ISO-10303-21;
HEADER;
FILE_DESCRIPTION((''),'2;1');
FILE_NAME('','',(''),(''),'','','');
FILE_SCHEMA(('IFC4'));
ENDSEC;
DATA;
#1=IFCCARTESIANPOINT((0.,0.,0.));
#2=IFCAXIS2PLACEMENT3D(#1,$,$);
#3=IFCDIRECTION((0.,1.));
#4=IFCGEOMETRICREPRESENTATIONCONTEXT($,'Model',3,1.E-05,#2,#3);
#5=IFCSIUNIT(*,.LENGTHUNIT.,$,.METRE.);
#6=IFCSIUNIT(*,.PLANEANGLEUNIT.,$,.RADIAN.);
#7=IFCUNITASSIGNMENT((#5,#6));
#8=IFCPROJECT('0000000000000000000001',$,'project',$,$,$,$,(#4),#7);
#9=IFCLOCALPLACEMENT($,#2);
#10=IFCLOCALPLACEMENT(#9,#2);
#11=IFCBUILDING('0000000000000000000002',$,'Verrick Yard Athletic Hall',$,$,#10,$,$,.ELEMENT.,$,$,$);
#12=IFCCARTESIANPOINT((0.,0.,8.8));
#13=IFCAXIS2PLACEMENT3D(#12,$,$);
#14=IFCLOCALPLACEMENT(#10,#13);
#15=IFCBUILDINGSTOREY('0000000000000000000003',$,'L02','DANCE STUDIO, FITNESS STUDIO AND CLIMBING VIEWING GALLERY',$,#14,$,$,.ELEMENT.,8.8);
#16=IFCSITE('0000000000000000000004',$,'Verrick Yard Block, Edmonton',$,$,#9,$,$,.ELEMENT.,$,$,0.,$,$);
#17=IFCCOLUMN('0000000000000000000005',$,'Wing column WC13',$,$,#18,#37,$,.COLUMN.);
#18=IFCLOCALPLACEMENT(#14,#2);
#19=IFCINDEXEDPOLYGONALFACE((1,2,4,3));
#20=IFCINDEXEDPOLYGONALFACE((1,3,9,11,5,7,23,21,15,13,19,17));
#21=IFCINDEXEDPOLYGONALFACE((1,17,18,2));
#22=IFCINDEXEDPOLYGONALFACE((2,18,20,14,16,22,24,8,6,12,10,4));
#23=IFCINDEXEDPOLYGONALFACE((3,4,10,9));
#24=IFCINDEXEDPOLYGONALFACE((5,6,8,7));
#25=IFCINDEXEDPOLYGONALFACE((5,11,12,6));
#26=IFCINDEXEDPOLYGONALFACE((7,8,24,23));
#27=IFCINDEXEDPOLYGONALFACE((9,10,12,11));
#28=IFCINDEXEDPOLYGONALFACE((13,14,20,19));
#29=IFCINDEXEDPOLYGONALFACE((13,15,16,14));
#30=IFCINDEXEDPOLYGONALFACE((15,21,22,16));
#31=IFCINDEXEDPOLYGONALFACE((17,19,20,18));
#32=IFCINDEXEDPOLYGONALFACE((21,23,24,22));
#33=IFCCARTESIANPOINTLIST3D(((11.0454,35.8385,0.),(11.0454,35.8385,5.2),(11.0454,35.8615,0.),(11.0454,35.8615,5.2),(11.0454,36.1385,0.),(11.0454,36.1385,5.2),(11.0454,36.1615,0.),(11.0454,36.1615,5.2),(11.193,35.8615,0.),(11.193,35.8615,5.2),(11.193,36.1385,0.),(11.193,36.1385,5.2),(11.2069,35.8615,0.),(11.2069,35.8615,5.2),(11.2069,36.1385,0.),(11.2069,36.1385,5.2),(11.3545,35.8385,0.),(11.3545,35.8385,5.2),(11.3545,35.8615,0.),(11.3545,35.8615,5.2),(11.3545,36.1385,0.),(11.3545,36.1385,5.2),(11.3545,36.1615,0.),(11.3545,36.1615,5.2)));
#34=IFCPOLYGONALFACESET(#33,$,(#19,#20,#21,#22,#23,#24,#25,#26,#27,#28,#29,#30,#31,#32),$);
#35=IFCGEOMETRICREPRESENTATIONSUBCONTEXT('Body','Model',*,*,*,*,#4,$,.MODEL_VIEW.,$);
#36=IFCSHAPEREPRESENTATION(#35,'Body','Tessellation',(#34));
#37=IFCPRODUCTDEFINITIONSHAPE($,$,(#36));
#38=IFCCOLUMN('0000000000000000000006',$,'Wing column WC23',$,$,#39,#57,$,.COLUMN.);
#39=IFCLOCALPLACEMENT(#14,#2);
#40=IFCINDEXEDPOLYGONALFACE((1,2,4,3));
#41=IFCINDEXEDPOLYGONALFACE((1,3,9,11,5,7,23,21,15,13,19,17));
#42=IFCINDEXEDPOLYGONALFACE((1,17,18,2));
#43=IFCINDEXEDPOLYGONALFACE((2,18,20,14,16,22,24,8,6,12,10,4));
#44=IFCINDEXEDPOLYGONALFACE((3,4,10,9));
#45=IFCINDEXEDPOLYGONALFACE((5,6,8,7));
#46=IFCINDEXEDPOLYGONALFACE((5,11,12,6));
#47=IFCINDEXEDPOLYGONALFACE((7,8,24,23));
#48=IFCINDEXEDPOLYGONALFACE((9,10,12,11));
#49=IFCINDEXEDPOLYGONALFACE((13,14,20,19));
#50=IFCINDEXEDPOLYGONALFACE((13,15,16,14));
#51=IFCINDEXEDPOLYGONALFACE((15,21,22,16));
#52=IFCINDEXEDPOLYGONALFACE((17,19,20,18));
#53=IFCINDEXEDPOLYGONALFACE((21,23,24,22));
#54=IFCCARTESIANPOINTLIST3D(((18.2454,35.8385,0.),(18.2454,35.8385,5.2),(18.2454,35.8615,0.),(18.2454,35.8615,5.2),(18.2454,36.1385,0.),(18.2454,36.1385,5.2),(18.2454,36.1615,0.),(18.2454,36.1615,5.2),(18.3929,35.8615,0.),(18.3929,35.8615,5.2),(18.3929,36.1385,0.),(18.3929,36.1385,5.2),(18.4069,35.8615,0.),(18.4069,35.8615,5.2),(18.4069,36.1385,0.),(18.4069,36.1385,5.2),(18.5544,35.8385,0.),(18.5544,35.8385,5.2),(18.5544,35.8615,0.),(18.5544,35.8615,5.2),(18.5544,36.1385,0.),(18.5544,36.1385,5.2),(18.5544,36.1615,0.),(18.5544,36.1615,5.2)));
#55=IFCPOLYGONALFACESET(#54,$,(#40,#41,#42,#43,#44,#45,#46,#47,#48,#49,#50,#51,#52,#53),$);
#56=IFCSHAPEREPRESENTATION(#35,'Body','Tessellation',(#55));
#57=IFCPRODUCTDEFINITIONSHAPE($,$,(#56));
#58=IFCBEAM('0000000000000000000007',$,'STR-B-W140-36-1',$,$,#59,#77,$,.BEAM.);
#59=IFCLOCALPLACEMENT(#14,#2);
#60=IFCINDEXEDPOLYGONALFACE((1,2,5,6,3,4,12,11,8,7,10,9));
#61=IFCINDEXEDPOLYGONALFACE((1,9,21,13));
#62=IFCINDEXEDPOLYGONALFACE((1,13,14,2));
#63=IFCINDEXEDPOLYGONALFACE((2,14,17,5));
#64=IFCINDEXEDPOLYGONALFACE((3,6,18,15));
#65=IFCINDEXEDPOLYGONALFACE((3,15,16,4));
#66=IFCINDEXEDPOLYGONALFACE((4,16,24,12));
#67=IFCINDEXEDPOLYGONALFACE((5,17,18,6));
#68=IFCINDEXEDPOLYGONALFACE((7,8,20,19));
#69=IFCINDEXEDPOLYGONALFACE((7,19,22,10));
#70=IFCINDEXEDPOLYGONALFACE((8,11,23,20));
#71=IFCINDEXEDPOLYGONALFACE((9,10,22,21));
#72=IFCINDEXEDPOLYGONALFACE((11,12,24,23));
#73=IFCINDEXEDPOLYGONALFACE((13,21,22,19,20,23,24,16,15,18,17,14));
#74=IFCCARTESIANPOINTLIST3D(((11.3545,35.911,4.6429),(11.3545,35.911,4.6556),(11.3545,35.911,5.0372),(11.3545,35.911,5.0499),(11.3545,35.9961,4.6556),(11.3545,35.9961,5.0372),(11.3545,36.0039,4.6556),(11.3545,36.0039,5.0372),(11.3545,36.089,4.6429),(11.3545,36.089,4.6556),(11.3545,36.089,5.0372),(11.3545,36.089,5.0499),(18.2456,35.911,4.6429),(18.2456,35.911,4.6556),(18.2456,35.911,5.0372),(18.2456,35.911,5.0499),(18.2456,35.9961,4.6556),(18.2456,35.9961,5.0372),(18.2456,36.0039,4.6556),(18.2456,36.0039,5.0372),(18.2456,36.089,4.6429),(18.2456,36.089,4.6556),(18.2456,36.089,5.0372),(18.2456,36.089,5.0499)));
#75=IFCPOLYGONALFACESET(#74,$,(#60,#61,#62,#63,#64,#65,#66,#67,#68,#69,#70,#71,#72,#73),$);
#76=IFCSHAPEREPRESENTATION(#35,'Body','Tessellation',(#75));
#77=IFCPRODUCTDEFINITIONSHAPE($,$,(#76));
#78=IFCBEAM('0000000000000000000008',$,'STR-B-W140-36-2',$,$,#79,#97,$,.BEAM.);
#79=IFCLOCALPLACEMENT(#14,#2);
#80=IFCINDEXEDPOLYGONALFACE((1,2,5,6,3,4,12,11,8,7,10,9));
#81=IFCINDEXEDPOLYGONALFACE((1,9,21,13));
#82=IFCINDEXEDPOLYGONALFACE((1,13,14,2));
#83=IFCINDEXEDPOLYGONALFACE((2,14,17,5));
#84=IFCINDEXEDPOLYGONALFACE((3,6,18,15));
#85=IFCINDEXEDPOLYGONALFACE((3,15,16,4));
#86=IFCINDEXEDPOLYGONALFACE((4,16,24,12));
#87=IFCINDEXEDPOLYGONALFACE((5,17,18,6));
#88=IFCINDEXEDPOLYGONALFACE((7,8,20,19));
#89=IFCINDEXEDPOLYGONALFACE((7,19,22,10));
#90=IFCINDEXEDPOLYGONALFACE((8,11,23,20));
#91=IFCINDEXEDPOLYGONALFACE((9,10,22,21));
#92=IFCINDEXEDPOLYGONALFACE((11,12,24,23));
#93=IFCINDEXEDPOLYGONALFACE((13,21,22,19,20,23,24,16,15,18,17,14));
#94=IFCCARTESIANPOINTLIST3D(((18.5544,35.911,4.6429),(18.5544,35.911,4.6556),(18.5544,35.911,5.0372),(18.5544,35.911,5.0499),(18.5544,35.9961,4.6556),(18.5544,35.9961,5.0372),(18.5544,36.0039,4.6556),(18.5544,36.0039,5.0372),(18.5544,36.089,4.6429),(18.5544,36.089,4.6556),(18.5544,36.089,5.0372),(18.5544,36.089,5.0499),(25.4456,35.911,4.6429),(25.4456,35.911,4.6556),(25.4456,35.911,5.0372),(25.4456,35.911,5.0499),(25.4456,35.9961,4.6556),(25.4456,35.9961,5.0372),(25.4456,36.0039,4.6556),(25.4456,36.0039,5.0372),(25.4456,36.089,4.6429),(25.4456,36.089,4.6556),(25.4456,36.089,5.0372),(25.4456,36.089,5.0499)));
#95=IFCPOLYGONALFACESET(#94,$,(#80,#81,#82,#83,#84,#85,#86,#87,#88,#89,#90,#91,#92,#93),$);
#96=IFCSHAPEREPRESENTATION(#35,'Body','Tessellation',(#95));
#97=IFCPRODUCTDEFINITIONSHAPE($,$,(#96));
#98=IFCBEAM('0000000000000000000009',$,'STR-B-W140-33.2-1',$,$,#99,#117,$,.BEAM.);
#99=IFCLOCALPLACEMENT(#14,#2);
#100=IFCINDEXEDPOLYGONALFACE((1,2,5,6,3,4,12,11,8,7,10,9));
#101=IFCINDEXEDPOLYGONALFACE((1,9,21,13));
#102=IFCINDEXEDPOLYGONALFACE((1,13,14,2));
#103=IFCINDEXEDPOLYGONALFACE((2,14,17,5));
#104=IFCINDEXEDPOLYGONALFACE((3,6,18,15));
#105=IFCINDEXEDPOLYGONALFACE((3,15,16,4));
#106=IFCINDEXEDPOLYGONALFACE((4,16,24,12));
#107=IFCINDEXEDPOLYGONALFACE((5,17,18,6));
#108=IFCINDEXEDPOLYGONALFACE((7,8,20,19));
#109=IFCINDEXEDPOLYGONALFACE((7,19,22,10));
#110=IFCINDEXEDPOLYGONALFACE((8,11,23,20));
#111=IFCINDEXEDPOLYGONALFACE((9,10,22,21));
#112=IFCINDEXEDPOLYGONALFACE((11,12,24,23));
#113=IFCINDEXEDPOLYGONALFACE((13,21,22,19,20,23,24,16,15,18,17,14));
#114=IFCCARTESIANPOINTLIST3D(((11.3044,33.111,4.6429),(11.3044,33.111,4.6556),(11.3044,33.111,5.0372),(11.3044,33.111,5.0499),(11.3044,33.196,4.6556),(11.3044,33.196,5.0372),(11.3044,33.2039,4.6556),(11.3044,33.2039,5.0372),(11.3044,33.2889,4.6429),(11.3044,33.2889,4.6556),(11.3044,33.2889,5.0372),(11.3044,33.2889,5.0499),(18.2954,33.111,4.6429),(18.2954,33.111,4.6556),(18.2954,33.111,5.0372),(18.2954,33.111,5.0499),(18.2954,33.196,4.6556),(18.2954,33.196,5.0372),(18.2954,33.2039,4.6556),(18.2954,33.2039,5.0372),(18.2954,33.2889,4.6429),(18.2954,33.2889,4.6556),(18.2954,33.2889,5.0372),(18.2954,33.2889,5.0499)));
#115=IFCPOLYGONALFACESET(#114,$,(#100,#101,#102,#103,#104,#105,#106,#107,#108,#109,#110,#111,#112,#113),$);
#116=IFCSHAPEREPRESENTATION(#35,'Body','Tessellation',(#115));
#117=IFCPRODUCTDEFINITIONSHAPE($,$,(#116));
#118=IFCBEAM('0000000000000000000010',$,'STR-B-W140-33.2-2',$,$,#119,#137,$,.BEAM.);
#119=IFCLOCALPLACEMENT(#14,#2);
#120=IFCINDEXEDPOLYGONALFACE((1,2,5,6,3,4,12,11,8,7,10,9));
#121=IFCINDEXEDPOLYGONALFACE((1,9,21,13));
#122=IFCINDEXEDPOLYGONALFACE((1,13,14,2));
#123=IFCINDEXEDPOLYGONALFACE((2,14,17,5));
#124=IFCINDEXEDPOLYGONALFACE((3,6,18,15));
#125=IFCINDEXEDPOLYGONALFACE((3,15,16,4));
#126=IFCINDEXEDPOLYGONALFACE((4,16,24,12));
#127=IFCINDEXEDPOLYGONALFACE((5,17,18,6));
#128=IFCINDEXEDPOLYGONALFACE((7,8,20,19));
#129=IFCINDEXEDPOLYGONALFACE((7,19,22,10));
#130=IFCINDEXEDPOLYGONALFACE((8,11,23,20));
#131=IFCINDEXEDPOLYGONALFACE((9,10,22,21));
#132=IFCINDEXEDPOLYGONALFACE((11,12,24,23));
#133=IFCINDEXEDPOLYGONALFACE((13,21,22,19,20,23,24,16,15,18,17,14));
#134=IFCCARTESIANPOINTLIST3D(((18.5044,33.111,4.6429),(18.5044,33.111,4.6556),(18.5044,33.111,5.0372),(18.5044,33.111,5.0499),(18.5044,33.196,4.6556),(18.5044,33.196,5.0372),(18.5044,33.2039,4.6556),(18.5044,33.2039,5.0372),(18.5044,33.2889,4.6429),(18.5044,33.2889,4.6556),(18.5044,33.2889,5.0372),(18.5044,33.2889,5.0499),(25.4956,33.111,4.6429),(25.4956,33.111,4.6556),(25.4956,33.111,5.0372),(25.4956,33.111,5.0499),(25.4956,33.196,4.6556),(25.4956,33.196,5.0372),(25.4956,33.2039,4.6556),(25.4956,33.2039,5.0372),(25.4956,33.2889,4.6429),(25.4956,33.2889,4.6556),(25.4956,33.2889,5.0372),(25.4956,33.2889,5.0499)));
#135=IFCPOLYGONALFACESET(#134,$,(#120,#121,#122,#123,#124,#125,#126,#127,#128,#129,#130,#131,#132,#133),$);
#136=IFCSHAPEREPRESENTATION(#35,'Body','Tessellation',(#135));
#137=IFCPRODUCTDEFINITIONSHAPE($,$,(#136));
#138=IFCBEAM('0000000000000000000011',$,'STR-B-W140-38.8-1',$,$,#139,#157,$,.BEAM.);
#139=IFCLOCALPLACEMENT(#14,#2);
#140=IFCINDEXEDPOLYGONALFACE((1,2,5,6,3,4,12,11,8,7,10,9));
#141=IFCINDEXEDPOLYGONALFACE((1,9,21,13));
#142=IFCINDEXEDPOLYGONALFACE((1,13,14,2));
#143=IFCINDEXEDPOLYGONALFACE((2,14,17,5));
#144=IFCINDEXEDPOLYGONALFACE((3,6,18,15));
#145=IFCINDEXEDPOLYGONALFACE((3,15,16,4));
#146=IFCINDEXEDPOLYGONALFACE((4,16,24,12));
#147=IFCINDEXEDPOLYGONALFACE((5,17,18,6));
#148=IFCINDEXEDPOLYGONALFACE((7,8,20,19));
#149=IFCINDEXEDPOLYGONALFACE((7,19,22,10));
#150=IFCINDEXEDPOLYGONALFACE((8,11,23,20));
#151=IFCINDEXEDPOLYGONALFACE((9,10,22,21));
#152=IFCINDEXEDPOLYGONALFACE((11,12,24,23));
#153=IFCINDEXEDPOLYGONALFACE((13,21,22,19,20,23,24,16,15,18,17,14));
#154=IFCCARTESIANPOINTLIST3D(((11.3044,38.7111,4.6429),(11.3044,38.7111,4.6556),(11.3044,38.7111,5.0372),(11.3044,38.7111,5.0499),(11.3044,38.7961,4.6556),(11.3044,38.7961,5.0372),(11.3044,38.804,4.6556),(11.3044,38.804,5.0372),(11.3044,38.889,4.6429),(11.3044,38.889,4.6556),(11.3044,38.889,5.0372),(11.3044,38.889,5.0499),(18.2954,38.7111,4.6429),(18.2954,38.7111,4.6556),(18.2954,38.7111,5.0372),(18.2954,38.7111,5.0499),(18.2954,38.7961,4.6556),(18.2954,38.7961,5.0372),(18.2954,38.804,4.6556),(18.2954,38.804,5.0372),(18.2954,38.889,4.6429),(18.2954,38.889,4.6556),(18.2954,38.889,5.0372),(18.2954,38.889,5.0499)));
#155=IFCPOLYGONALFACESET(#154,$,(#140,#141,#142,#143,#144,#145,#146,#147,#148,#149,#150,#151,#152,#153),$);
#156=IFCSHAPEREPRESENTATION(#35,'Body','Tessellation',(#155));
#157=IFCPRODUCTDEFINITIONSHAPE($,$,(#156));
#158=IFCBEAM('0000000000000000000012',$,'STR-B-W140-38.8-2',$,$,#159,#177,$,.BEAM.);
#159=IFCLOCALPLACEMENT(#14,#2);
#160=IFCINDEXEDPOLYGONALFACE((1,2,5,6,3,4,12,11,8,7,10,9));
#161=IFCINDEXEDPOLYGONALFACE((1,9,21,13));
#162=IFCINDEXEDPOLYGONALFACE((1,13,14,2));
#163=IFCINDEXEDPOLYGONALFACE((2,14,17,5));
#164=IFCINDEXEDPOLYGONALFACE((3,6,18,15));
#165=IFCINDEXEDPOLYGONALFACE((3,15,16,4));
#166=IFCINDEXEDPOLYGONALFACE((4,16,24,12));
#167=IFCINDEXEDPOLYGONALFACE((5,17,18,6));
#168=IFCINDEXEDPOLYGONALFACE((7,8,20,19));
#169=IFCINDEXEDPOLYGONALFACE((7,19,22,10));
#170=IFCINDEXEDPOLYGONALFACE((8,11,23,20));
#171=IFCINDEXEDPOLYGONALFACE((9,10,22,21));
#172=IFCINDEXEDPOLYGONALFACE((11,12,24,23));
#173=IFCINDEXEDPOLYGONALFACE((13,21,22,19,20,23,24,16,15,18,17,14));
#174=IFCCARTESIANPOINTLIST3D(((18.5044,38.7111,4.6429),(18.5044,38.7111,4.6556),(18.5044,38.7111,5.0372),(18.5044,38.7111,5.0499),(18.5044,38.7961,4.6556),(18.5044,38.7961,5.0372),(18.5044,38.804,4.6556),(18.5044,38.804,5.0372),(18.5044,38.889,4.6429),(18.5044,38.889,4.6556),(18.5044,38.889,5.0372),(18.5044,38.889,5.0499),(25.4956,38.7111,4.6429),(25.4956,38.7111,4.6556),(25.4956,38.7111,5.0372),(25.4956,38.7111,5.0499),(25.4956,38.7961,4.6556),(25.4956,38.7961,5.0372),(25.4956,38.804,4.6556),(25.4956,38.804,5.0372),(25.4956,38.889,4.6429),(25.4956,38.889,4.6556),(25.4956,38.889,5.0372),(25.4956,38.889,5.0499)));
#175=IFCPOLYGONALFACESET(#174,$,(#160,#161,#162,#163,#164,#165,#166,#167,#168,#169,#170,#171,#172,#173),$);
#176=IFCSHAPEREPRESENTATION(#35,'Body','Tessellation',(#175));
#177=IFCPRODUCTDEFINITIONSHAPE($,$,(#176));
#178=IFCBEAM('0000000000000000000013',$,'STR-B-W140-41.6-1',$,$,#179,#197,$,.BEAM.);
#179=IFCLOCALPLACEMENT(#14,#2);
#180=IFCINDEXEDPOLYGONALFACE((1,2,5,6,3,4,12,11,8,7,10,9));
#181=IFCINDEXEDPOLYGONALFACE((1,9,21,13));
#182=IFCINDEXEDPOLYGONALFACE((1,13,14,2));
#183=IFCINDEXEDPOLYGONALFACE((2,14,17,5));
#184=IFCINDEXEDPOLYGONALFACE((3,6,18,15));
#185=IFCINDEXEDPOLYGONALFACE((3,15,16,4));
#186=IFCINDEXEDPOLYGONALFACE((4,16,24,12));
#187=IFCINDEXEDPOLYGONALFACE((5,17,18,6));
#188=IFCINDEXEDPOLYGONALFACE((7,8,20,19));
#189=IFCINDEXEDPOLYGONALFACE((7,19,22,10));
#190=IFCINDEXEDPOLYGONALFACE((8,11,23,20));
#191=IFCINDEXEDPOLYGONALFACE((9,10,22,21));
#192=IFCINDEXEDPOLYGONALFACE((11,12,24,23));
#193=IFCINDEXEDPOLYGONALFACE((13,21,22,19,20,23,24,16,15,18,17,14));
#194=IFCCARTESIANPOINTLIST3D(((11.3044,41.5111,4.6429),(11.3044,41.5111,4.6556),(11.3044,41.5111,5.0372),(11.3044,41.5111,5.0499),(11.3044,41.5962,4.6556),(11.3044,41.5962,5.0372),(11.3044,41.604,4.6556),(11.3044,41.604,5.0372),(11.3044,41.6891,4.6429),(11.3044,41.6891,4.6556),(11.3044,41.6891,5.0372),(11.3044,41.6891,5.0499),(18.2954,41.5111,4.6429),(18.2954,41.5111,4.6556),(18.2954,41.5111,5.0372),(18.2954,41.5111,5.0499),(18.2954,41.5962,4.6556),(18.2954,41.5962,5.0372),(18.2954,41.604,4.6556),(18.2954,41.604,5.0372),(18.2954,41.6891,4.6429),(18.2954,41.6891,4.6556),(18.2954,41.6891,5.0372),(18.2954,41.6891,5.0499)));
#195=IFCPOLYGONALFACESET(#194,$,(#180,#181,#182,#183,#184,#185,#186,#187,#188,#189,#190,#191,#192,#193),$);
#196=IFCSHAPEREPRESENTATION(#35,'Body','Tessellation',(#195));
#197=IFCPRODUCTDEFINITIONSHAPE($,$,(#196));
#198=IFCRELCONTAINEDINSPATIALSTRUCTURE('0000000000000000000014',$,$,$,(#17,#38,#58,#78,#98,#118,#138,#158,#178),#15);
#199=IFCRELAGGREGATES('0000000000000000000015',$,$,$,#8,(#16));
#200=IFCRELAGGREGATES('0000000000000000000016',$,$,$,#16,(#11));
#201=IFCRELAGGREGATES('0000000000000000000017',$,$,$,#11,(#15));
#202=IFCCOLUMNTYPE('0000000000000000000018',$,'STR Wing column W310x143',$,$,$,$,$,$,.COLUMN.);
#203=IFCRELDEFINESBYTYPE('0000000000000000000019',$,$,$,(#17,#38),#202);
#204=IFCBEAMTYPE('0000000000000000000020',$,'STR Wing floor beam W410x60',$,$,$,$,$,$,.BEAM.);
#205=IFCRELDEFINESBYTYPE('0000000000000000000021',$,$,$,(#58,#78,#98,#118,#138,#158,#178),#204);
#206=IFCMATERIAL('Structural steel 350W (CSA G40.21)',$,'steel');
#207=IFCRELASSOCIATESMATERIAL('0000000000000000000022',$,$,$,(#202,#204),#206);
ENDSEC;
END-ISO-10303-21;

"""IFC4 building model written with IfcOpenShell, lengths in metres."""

from ifc_helpers import new_model, si_unit, direction, frame, origin, origin_2d, place, context, subcontext, project, spatial, i_section, extrude, material, material_profile, profile_set, type_object, element, save


model = new_model("IFC4")

# Units and contexts
model_context = context("Model", 3, precision=1e-05, world=origin(), true_north=direction((0.0, 1.0)))
body_context = subcontext(model_context, "Body", "Model", "MODEL_VIEW")
ifc_project = project(units=[si_unit("LENGTHUNIT", "METRE"), si_unit("PLANEANGLEUNIT", "RADIAN")], contexts=[model_context])

# Site, building, storey
site_placement = place(None, origin())
site = spatial("IfcSite", under=ifc_project, at=site_placement, Name="Verrick Yard Block, Edmonton", CompositionType="ELEMENT", RefElevation=0.0)
building_placement = place(site_placement, origin())
building = spatial("IfcBuilding", under=site, at=building_placement, Name="Verrick Yard Athletic Hall", CompositionType="ELEMENT")
storey_placement = place(building_placement, frame((0.0, 0.0, 8.8)))
storey = spatial("IfcBuildingStorey", under=building, at=storey_placement, Name="L02", Description="DANCE STUDIO, FITNESS STUDIO AND CLIMBING VIEWING GALLERY", CompositionType="ELEMENT", Elevation=8.8)

# Columns
ifc_material_1 = material(Name="Structural steel 350W (CSA G40.21)", Category="steel")
ifc_material_profile_1 = material_profile(ifc_material_1, i_section(OverallWidth=0.3091, OverallDepth=0.323, WebThickness=0.0139, FlangeThickness=0.0229, at=origin_2d()), Name="W310x143")
ifc_profile_set_1 = profile_set([ifc_material_profile_1], Name="Structural steel 350W (CSA G40.21)")
column_type = type_object("IfcColumnType", Name="STR Wing column W310x143", PredefinedType="COLUMN", material=ifc_profile_set_1)
for number, where, z_axis, x_axis, name in (
    (1, (11.2, 36.0, 0.0), (0.0, 0.0, 1.0), (1.0, 0.0, 0.0), "Wing column WC13"),
    (2, (18.3999, 36.0, 0.0), (0.0, 0.0, 1.0), (1.0, 0.0, 0.0), "Wing column WC23"),
):
    element("IfcColumn", number, at=place(storey_placement, frame(where, z_axis=z_axis, x_axis=x_axis)), inside=storey, type_object=column_type, Name=name, PredefinedType="COLUMN", context=body_context, shape_type="SweptSolid", body=[
        extrude(i_section(OverallWidth=0.3091, OverallDepth=0.323, WebThickness=0.0139, FlangeThickness=0.0229, at=origin_2d()), origin(), (0.0, 0.0, 1.0), 5.2),
    ])

# Beams
ifc_material_profile_2 = material_profile(ifc_material_1, i_section(OverallWidth=0.178, OverallDepth=0.407, WebThickness=0.0078, FlangeThickness=0.0127, at=origin_2d()), Name="W410x60")
ifc_profile_set_2 = profile_set([ifc_material_profile_2], Name="Structural steel 350W (CSA G40.21)")
beam_type_1 = type_object("IfcBeamType", Name="STR Wing floor beam W410x60", PredefinedType="BEAM", material=ifc_profile_set_2)
for number, where, z_axis, x_axis, name in (
    (3, (11.3545, 36.0, 4.8464), (1.0, 0.0, 0.0), (0.0, 1.0, 0.0), "STR-B-W140-36-1"),
    (4, (18.5544, 36.0, 4.8464), (1.0, 0.0, 0.0), (0.0, 1.0, 0.0), "STR-B-W140-36-2"),
):
    element("IfcBeam", number, at=place(storey_placement, frame(where, z_axis=z_axis, x_axis=x_axis)), inside=storey, type_object=beam_type_1, Name=name, PredefinedType="BEAM", context=body_context, shape_type="SweptSolid", body=[
        extrude(i_section(OverallWidth=0.178, OverallDepth=0.407, WebThickness=0.0078, FlangeThickness=0.0127, at=origin_2d()), origin(), (0.0, 0.0, 1.0), 6.8911),
    ])
beam_1_placement = place(storey_placement, frame((11.3044, 33.2, 4.8464), z_axis=(1.0, 0.0, 0.0), x_axis=(0.0, 1.0, 0.0)))
element("IfcBeam", 5, at=beam_1_placement, inside=storey, type_object=beam_type_1, Name="STR-B-W140-33.2-1", PredefinedType="BEAM", context=body_context, shape_type="SweptSolid", body=[
    extrude(i_section(OverallWidth=0.178, OverallDepth=0.407, WebThickness=0.0078, FlangeThickness=0.0127, at=origin_2d()), origin(), (0.0, 0.0, 1.0), 6.991),
])
beam_2_placement = place(storey_placement, frame((18.5044, 33.2, 4.8464), z_axis=(1.0, 0.0, 0.0), x_axis=(0.0, 1.0, 0.0)))
element("IfcBeam", 6, at=beam_2_placement, inside=storey, type_object=beam_type_1, Name="STR-B-W140-33.2-2", PredefinedType="BEAM", context=body_context, shape_type="SweptSolid", body=[
    extrude(i_section(OverallWidth=0.178, OverallDepth=0.407, WebThickness=0.0078, FlangeThickness=0.0127, at=origin_2d()), origin(), (0.0, 0.0, 1.0), 6.9912),
])
beam_3_placement = place(storey_placement, frame((11.3044, 38.8, 4.8464), z_axis=(1.0, 0.0, 0.0), x_axis=(0.0, 1.0, 0.0)))
element("IfcBeam", 7, at=beam_3_placement, inside=storey, type_object=beam_type_1, Name="STR-B-W140-38.8-1", PredefinedType="BEAM", context=body_context, shape_type="SweptSolid", body=[
    extrude(i_section(OverallWidth=0.178, OverallDepth=0.407, WebThickness=0.0078, FlangeThickness=0.0127, at=origin_2d()), origin(), (0.0, 0.0, 1.0), 6.991),
])
beam_4_placement = place(storey_placement, frame((18.5044, 38.8, 4.8464), z_axis=(1.0, 0.0, 0.0), x_axis=(0.0, 1.0, 0.0)))
element("IfcBeam", 8, at=beam_4_placement, inside=storey, type_object=beam_type_1, Name="STR-B-W140-38.8-2", PredefinedType="BEAM", context=body_context, shape_type="SweptSolid", body=[
    extrude(i_section(OverallWidth=0.178, OverallDepth=0.407, WebThickness=0.0078, FlangeThickness=0.0127, at=origin_2d()), origin(), (0.0, 0.0, 1.0), 6.9912),
])
beam_5_placement = place(storey_placement, frame((11.3044, 41.6001, 4.8464), z_axis=(1.0, 0.0, 0.0), x_axis=(0.0, 1.0, 0.0)))
element("IfcBeam", 9, at=beam_5_placement, inside=storey, type_object=beam_type_1, Name="STR-B-W140-41.6-1", PredefinedType="BEAM", context=body_context, shape_type="SweptSolid", body=[
    extrude(i_section(OverallWidth=0.178, OverallDepth=0.407, WebThickness=0.0078, FlangeThickness=0.0127, at=origin_2d()), origin(), (0.0, 0.0, 1.0), 6.991),
])

save(model, "model.ifc")
